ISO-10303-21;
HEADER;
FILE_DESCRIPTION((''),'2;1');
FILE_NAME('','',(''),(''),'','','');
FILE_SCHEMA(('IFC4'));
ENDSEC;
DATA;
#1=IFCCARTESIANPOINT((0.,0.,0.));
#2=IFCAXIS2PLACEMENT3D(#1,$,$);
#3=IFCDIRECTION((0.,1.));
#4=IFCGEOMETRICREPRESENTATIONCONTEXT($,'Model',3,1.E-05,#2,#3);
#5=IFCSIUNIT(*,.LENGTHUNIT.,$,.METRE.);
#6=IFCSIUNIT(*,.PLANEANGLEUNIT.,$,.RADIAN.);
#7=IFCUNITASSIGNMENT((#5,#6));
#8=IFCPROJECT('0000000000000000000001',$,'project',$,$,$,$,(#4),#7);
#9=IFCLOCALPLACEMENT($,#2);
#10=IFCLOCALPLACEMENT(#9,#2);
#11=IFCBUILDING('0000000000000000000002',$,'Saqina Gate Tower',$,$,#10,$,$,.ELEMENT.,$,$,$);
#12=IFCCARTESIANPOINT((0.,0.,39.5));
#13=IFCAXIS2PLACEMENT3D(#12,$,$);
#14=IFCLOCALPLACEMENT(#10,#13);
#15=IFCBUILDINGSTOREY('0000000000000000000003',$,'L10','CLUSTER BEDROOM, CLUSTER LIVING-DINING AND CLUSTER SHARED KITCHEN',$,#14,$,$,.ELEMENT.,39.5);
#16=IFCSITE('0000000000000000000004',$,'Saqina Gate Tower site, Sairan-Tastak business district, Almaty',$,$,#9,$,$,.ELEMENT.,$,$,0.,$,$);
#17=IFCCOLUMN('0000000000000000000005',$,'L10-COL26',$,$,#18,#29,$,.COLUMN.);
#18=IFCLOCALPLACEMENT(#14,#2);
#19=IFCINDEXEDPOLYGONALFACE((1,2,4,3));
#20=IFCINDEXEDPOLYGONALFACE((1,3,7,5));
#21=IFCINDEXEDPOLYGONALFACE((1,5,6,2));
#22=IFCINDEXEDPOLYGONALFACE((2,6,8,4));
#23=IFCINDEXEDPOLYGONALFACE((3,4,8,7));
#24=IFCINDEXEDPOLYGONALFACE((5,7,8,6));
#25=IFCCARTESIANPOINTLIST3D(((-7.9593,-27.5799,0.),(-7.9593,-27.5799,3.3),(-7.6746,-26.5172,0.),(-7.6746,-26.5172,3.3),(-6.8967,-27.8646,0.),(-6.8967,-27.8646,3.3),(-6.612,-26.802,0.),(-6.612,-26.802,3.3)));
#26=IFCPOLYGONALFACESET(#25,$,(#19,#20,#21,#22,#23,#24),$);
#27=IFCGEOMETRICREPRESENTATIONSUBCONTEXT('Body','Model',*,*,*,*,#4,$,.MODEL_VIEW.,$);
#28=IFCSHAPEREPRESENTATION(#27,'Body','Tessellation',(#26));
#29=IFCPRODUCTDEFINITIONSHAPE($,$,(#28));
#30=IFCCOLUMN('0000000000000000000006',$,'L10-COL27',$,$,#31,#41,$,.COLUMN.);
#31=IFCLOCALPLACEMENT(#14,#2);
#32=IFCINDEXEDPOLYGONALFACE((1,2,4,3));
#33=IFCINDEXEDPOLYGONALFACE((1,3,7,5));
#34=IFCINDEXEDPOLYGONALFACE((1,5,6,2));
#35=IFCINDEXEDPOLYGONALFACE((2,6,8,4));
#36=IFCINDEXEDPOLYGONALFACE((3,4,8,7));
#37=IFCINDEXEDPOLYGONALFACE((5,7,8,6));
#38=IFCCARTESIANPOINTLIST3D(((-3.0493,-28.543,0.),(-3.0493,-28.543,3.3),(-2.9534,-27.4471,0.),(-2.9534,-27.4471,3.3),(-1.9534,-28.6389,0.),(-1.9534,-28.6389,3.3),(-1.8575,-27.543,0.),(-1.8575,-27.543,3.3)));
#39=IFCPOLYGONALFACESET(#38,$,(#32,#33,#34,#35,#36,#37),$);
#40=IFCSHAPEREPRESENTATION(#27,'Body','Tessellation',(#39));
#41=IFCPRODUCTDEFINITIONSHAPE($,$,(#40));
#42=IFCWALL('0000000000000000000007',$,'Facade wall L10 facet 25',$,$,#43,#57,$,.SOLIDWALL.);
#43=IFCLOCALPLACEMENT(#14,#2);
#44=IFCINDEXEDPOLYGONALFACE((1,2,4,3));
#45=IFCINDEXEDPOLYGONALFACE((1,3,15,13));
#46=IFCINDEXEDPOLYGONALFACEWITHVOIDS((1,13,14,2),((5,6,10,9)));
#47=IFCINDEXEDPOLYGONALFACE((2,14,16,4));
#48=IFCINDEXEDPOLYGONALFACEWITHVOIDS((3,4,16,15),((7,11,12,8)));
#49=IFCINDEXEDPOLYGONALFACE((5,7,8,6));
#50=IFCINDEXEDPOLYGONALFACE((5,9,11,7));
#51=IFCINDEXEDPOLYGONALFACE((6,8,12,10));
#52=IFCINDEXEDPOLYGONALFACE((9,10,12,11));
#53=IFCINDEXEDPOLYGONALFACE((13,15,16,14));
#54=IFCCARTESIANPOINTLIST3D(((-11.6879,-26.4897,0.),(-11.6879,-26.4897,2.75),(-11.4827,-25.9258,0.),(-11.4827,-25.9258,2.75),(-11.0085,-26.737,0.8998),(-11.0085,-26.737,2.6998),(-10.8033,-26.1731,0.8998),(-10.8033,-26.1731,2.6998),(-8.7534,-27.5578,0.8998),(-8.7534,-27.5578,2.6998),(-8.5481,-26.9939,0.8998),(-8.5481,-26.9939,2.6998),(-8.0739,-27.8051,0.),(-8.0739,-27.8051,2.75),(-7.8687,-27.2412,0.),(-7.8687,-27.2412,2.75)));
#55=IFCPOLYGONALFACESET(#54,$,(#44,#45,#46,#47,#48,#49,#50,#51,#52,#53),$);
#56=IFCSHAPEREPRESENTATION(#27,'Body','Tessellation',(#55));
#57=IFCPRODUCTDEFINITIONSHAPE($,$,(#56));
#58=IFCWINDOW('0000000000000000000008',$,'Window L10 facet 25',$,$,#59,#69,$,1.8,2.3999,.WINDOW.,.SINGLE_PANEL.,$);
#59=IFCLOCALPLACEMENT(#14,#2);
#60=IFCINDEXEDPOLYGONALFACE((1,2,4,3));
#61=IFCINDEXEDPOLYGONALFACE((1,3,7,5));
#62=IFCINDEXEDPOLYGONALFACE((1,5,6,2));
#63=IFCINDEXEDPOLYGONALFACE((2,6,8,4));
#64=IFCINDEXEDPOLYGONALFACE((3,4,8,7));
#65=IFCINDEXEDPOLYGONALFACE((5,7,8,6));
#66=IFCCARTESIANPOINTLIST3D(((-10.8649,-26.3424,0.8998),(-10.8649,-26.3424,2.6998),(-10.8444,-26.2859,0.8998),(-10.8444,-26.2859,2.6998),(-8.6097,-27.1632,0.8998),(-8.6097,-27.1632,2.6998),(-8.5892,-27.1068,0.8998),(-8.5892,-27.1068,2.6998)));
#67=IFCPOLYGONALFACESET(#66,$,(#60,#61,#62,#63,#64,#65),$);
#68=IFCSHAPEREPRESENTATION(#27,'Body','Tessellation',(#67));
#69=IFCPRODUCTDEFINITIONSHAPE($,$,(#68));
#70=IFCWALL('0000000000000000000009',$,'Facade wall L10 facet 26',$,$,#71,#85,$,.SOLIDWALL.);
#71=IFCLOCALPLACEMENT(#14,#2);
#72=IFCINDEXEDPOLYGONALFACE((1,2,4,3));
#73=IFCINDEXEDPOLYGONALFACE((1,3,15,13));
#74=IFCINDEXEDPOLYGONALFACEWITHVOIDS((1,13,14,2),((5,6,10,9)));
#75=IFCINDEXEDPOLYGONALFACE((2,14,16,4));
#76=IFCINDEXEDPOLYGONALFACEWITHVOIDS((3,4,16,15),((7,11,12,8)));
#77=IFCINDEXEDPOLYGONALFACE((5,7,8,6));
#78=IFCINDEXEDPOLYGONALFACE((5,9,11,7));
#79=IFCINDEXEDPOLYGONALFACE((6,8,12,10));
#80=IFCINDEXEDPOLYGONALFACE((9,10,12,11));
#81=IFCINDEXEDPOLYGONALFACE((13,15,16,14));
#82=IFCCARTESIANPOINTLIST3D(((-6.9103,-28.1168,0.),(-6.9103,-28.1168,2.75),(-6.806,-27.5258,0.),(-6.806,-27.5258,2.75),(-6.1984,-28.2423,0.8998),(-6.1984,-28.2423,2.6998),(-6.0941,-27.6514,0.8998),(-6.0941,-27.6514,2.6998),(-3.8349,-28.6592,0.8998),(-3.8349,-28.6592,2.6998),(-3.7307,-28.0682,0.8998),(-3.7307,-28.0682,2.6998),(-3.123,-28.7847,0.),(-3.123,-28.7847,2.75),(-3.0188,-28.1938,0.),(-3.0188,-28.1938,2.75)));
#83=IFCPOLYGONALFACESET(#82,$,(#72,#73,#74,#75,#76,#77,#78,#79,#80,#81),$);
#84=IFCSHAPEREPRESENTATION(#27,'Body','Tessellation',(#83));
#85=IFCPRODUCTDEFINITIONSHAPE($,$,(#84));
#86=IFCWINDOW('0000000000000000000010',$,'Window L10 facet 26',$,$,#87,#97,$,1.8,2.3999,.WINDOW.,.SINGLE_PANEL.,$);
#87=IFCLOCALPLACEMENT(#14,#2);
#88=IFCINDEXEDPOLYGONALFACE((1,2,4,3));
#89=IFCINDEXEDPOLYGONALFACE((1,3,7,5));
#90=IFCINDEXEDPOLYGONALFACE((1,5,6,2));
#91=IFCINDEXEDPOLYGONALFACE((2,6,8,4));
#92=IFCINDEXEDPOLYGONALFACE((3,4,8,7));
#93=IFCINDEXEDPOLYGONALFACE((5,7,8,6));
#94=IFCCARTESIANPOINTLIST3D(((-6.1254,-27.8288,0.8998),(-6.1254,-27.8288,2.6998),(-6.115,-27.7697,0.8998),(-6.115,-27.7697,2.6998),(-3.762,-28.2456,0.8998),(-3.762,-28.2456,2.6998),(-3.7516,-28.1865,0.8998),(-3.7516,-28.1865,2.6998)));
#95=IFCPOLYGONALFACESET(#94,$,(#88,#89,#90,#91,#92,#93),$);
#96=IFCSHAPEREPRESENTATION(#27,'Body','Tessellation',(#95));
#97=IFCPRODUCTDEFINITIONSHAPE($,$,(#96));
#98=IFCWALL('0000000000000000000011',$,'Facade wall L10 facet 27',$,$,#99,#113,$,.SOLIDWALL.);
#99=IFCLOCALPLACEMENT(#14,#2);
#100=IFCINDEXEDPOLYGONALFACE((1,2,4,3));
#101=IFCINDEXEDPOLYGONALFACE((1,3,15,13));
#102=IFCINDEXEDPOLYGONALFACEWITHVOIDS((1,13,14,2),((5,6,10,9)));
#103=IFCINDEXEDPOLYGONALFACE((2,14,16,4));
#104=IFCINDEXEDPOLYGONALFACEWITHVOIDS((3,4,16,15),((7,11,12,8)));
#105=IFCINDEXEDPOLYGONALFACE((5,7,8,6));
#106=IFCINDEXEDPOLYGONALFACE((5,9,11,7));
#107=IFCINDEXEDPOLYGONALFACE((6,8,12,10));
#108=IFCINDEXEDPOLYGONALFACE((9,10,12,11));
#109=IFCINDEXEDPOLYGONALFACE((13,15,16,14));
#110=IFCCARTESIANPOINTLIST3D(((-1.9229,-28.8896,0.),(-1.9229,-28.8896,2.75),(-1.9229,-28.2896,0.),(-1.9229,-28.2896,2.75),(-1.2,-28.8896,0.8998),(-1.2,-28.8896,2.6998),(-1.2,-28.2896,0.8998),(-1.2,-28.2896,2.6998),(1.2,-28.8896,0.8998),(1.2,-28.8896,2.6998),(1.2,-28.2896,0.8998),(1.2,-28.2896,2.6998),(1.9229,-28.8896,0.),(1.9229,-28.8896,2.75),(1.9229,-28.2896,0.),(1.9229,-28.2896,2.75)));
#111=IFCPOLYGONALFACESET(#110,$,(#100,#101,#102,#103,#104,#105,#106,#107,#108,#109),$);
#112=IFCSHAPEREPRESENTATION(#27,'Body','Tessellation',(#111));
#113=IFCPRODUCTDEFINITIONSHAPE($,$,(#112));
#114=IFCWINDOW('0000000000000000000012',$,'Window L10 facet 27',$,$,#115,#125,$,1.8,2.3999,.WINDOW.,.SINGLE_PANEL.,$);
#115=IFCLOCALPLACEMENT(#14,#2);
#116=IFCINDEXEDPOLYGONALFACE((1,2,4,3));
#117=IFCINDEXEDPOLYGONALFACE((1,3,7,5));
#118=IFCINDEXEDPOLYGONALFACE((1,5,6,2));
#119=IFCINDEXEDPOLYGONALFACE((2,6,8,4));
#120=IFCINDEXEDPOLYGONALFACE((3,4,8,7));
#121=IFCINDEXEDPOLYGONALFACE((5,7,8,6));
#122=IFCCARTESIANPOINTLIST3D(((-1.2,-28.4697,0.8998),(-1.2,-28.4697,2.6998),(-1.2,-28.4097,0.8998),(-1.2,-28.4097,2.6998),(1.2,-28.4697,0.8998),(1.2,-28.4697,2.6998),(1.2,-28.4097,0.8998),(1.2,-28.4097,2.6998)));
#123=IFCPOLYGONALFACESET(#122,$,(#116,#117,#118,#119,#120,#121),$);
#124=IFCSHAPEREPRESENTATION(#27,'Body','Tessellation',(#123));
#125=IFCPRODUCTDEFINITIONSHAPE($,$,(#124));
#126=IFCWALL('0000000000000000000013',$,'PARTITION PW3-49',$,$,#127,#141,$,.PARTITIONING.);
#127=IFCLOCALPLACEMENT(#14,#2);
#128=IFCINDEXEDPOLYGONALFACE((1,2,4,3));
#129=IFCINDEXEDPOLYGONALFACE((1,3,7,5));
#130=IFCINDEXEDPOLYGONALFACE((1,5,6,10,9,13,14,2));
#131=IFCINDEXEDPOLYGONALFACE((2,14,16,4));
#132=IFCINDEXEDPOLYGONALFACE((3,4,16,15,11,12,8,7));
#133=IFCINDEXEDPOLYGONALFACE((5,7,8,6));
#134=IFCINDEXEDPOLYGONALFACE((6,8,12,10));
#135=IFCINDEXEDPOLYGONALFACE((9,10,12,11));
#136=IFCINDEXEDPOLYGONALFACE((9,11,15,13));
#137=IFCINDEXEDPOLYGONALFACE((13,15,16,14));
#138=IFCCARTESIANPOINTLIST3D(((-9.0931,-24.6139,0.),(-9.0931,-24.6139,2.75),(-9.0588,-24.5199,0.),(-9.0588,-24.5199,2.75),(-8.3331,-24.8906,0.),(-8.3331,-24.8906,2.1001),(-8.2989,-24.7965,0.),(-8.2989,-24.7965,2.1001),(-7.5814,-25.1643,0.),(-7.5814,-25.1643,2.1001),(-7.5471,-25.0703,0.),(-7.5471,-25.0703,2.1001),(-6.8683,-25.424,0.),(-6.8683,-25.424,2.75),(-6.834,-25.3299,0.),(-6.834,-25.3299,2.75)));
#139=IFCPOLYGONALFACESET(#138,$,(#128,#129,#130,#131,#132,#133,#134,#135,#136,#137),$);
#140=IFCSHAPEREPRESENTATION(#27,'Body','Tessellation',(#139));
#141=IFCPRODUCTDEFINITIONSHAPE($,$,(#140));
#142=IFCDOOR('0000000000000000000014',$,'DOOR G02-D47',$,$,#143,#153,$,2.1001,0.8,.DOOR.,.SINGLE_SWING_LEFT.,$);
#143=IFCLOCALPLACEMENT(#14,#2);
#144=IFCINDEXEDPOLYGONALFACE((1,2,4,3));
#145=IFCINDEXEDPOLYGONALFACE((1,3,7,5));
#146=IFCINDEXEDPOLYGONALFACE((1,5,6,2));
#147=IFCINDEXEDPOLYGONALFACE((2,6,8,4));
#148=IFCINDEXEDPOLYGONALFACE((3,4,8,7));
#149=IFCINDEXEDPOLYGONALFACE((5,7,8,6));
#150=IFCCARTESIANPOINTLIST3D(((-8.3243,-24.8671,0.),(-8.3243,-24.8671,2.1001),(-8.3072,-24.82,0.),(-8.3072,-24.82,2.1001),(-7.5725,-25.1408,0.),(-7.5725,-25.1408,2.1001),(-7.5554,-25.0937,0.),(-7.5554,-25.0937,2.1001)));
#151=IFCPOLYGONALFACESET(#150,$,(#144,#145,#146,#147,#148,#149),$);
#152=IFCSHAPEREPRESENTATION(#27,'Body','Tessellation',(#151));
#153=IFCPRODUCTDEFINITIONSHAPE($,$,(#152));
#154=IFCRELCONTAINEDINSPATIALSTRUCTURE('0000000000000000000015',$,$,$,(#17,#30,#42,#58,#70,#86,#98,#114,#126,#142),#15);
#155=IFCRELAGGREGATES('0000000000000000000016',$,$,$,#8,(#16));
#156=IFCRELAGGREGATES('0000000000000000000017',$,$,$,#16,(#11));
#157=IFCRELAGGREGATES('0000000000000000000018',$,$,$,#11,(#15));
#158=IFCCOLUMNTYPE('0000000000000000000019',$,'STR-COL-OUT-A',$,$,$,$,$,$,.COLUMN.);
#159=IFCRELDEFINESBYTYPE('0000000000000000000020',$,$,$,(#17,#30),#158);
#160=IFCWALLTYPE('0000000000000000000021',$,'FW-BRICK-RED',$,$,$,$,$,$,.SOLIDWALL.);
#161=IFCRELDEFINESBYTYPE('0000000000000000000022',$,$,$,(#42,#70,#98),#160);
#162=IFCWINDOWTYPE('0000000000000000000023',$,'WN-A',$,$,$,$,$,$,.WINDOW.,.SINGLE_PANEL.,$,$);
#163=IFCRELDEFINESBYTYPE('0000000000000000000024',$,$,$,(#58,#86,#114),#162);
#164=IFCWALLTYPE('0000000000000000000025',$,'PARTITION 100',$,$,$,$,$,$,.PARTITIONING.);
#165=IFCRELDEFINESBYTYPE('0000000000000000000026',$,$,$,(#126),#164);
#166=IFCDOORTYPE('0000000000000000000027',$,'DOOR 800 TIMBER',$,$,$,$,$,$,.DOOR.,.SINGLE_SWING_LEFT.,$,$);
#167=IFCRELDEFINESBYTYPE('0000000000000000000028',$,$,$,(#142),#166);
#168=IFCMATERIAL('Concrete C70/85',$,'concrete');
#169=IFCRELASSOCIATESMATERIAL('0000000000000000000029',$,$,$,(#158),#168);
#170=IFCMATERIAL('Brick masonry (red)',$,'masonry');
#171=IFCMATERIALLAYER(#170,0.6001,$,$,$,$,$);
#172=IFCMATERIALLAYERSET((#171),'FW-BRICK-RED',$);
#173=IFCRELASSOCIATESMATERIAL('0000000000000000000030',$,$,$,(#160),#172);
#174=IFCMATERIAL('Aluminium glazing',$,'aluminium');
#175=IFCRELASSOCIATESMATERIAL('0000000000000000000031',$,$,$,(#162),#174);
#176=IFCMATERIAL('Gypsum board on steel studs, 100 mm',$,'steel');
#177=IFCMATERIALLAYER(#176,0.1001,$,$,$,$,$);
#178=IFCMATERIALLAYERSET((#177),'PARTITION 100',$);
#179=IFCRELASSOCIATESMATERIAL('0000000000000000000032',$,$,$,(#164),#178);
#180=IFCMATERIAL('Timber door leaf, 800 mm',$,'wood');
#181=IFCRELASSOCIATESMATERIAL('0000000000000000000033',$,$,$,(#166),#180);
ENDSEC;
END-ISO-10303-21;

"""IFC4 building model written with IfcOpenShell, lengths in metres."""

from ifc_helpers import new_model, si_unit, direction, frame, frame_2d, origin, origin_2d, place, context, subcontext, project, spatial, rectangle, extrude, material, layer, layer_set, material_profile, profile_set, type_object, element, fill, save


model = new_model("IFC4")

# Units and contexts
model_context = context("Model", 3, precision=1e-05, world=origin(), true_north=direction((0.0, 1.0)))
body_context = subcontext(model_context, "Body", "Model", "MODEL_VIEW")
ifc_project = project(units=[si_unit("LENGTHUNIT", "METRE"), si_unit("PLANEANGLEUNIT", "RADIAN")], contexts=[model_context])

# Site, building, storey
site_placement = place(None, origin())
site = spatial("IfcSite", under=ifc_project, at=site_placement, Name="Saqina Gate Tower site, Sairan-Tastak business district, Almaty", CompositionType="ELEMENT", RefElevation=0.0)
building_placement = place(site_placement, origin())
building = spatial("IfcBuilding", under=site, at=building_placement, Name="Saqina Gate Tower", CompositionType="ELEMENT")
storey_placement = place(building_placement, frame((0.0, 0.0, 39.5)))
storey = spatial("IfcBuildingStorey", under=building, at=storey_placement, Name="L10", Description="CLUSTER BEDROOM, CLUSTER LIVING-DINING AND CLUSTER SHARED KITCHEN", CompositionType="ELEMENT", Elevation=39.5)

# Columns
ifc_material_1 = material(Name="Concrete C70/85", Category="concrete")
ifc_material_profile = material_profile(ifc_material_1, rectangle(XDim=1.1001, YDim=1.1001, at=origin_2d()), Name="RC 1100x1100")
ifc_profile_set = profile_set([ifc_material_profile], Name="Concrete C70/85")
column_type = type_object("IfcColumnType", Name="STR-COL-OUT-A", PredefinedType="COLUMN", material=ifc_profile_set)
for number, where, z_axis, x_axis, name in (
    (1, (-7.2856, -27.1909, 0.0), (0.0, 0.0, 1.0), (-0.258819, -0.965926, 0.0), "L10-COL26"),
    (2, (-2.4534, -28.043, 0.0), (0.0, 0.0, 1.0), (-0.087156, -0.996195, 0.0), "L10-COL27"),
):
    element("IfcColumn", number, at=place(storey_placement, frame(where, z_axis=z_axis, x_axis=x_axis)), inside=storey, type_object=column_type, Name=name, PredefinedType="COLUMN", context=body_context, shape_type="SweptSolid", body=[
        extrude(rectangle(XDim=1.1001, YDim=1.1001, at=origin_2d()), origin(), (0.0, 0.0, 1.0), 3.3),
    ])

# Walls, openings, windows
ifc_material_2 = material(Name="Brick masonry (red)", Category="masonry")
ifc_layer_1 = layer(ifc_material_2, 0.6001)
ifc_layer_set_1 = layer_set([ifc_layer_1], Name="FW-BRICK-RED")
wall_type_1 = type_object("IfcWallType", Name="FW-BRICK-RED", PredefinedType="SOLIDWALL", material=ifc_layer_set_1)
wall_1_placement = place(storey_placement, frame((-11.5852, -26.2078, 0.0), z_axis=(0.0, 0.0, 1.0), x_axis=(0.93969, -0.342028, 0.0)))
wall_1 = element("IfcWall", 3, at=wall_1_placement, inside=storey, type_object=wall_type_1, Name="Facade wall L10 facet 25", PredefinedType="SOLIDWALL", context=body_context, shape_type="SweptSolid", body=[
    extrude(rectangle(XDim=3.8459, YDim=0.6001, at=frame_2d((1.9229, 0.0))), origin(), (0.0, 0.0, 1.0), 2.75),
])
opening_1_placement = place(wall_1_placement, frame((0.7229, 0.0, 0.8999)))
opening_1 = element("IfcOpeningElement", 4, at=opening_1_placement, cuts=wall_1, PredefinedType="OPENING", context=body_context, shape_type="SweptSolid", body=[
    extrude(rectangle(XDim=2.3999, YDim=1.8, at=frame_2d((1.2, 0.8999))), frame((0.0, 0.312, 0.0), z_axis=(0.0, -1.0, 0.0), x_axis=(1.0, 0.0, 0.0)), (0.0, 0.0, 1.0), 0.624),
])
ifc_material_3 = material(Name="Aluminium glazing", Category="aluminium")
window_type = type_object("IfcWindowType", Name="WN-A", PartitioningType="SINGLE_PANEL", PredefinedType="WINDOW", material=ifc_material_3)
window_1_placement = place(opening_1_placement, origin())
window_1 = element("IfcWindow", 5, at=window_1_placement, inside=storey, type_object=window_type, Name="Window L10 facet 25", OverallHeight=1.8, OverallWidth=2.3999, PartitioningType="SINGLE_PANEL", PredefinedType="WINDOW", context=body_context, shape_type="SweptSolid", body=[
    extrude(rectangle(XDim=2.3999, YDim=1.8, at=frame_2d((1.2, 0.8999))), frame((0.0, 0.1799, 0.0), z_axis=(0.0, -1.0, 0.0), x_axis=(1.0, 0.0, 0.0)), (0.0, 0.0, 1.0), 0.0601),
])
fill(opening_1, window_1)
wall_2_placement = place(storey_placement, frame((-6.8582, -27.8213, 0.0), z_axis=(0.0, 0.0, 1.0), x_axis=(0.984801, -0.173688, 0.0)))
wall_2 = element("IfcWall", 6, at=wall_2_placement, inside=storey, type_object=wall_type_1, Name="Facade wall L10 facet 26", PredefinedType="SOLIDWALL", context=body_context, shape_type="SweptSolid", body=[
    extrude(rectangle(XDim=3.8457, YDim=0.6001, at=frame_2d((1.9229, 0.0))), origin(), (0.0, 0.0, 1.0), 2.75),
])
opening_2_placement = place(wall_2_placement, frame((0.7229, 0.0, 0.8999)))
opening_2 = element("IfcOpeningElement", 7, at=opening_2_placement, cuts=wall_2, PredefinedType="OPENING", context=body_context, shape_type="SweptSolid", body=[
    extrude(rectangle(XDim=2.3999, YDim=1.8, at=frame_2d((1.2, 0.8999))), frame((0.0, 0.312, 0.0), z_axis=(0.0, -1.0, 0.0), x_axis=(1.0, 0.0, 0.0)), (0.0, 0.0, 1.0), 0.624),
])
window_2_placement = place(opening_2_placement, origin())
window_2 = element("IfcWindow", 8, at=window_2_placement, inside=storey, type_object=window_type, Name="Window L10 facet 26", OverallHeight=1.8, OverallWidth=2.3999, PartitioningType="SINGLE_PANEL", PredefinedType="WINDOW", context=body_context, shape_type="SweptSolid", body=[
    extrude(rectangle(XDim=2.3999, YDim=1.8, at=frame_2d((1.2, 0.8999))), frame((0.0, 0.1799, 0.0), z_axis=(0.0, -1.0, 0.0), x_axis=(1.0, 0.0, 0.0)), (0.0, 0.0, 1.0), 0.0601),
])
fill(opening_2, window_2)
wall_3_placement = place(storey_placement, frame((-1.9229, -28.5896, 0.0), z_axis=(0.0, 0.0, 1.0), x_axis=(1.0, 0.0, 0.0)))
wall_3 = element("IfcWall", 9, at=wall_3_placement, inside=storey, type_object=wall_type_1, Name="Facade wall L10 facet 27", PredefinedType="SOLIDWALL", context=body_context, shape_type="SweptSolid", body=[
    extrude(rectangle(XDim=3.8457, YDim=0.6001, at=frame_2d((1.9229, 0.0))), origin(), (0.0, 0.0, 1.0), 2.75),
])
opening_3_placement = place(wall_3_placement, frame((0.7229, 0.0, 0.8999)))
opening_3 = element("IfcOpeningElement", 10, at=opening_3_placement, cuts=wall_3, PredefinedType="OPENING", context=body_context, shape_type="SweptSolid", body=[
    extrude(rectangle(XDim=2.3999, YDim=1.8, at=frame_2d((1.2, 0.8999))), frame((0.0, 0.312, 0.0), z_axis=(0.0, -1.0, 0.0), x_axis=(1.0, 0.0, 0.0)), (0.0, 0.0, 1.0), 0.624),
])
window_3_placement = place(opening_3_placement, origin())
window_3 = element("IfcWindow", 11, at=window_3_placement, inside=storey, type_object=window_type, Name="Window L10 facet 27", OverallHeight=1.8, OverallWidth=2.3999, PartitioningType="SINGLE_PANEL", PredefinedType="WINDOW", context=body_context, shape_type="SweptSolid", body=[
    extrude(rectangle(XDim=2.3999, YDim=1.8, at=frame_2d((1.2, 0.8999))), frame((0.0, 0.1799, 0.0), z_axis=(0.0, -1.0, 0.0), x_axis=(1.0, 0.0, 0.0)), (0.0, 0.0, 1.0), 0.0601),
])
fill(opening_3, window_3)

# Wall, opening, door
ifc_material_4 = material(Name="Gypsum board on steel studs, 100 mm", Category="steel")
ifc_layer_2 = layer(ifc_material_4, 0.1001)
ifc_layer_set_2 = layer_set([ifc_layer_2], Name="PARTITION 100")
wall_type_2 = type_object("IfcWallType", Name="PARTITION 100", PredefinedType="PARTITIONING", material=ifc_layer_set_2)
wall_4_placement = place(storey_placement, frame((-9.0759, -24.5669, 0.0), z_axis=(0.0, 0.0, 1.0), x_axis=(0.939655, -0.342124, 0.0)))
wall_4 = element("IfcWall", 12, at=wall_4_placement, inside=storey, type_object=wall_type_2, Name="PARTITION PW3-49", PredefinedType="PARTITIONING", context=body_context, shape_type="SweptSolid", body=[
    extrude(rectangle(XDim=2.3677, YDim=0.1001, at=frame_2d((1.1838, 0.0))), origin(), (0.0, 0.0, 1.0), 2.75),
])
opening_4_placement = place(wall_4_placement, frame((0.8088, 0.0, 0.0)))
opening_4 = element("IfcOpeningElement", 13, at=opening_4_placement, cuts=wall_4, PredefinedType="OPENING", context=body_context, shape_type="SweptSolid", body=[
    extrude(rectangle(XDim=0.8, YDim=2.1001, at=frame_2d((0.3999, 1.05))), frame((0.0, 0.062, 0.0), z_axis=(0.0, -1.0, 0.0), x_axis=(1.0, 0.0, 0.0)), (0.0, 0.0, 1.0), 0.124),
])
ifc_material_5 = material(Name="Timber door leaf, 800 mm", Category="wood")
door_type_1 = type_object("IfcDoorType", Name="DOOR 800 TIMBER", OperationType="SINGLE_SWING_LEFT", PredefinedType="DOOR", material=ifc_material_5)
door_1_placement = place(opening_4_placement, frame((0.8, 0.0, 0.0), z_axis=(0.0, 0.0, 1.0), x_axis=(-1.0, 0.0, 0.0)))
door_1 = element("IfcDoor", 14, at=door_1_placement, inside=storey, type_object=door_type_1, Name="DOOR G02-D47", OperationType="SINGLE_SWING_LEFT", OverallHeight=2.1001, OverallWidth=0.8, PredefinedType="DOOR", context=body_context, shape_type="SweptSolid", body=[
    extrude(rectangle(XDim=0.8, YDim=2.1001, at=frame_2d((0.3999, 1.05))), frame((0.0, 0.0249, 0.0), z_axis=(0.0, -1.0, 0.0), x_axis=(1.0, 0.0, 0.0)), (0.0, 0.0, 1.0), 0.05),
])
fill(opening_4, door_1)

save(model, "model.ifc")
